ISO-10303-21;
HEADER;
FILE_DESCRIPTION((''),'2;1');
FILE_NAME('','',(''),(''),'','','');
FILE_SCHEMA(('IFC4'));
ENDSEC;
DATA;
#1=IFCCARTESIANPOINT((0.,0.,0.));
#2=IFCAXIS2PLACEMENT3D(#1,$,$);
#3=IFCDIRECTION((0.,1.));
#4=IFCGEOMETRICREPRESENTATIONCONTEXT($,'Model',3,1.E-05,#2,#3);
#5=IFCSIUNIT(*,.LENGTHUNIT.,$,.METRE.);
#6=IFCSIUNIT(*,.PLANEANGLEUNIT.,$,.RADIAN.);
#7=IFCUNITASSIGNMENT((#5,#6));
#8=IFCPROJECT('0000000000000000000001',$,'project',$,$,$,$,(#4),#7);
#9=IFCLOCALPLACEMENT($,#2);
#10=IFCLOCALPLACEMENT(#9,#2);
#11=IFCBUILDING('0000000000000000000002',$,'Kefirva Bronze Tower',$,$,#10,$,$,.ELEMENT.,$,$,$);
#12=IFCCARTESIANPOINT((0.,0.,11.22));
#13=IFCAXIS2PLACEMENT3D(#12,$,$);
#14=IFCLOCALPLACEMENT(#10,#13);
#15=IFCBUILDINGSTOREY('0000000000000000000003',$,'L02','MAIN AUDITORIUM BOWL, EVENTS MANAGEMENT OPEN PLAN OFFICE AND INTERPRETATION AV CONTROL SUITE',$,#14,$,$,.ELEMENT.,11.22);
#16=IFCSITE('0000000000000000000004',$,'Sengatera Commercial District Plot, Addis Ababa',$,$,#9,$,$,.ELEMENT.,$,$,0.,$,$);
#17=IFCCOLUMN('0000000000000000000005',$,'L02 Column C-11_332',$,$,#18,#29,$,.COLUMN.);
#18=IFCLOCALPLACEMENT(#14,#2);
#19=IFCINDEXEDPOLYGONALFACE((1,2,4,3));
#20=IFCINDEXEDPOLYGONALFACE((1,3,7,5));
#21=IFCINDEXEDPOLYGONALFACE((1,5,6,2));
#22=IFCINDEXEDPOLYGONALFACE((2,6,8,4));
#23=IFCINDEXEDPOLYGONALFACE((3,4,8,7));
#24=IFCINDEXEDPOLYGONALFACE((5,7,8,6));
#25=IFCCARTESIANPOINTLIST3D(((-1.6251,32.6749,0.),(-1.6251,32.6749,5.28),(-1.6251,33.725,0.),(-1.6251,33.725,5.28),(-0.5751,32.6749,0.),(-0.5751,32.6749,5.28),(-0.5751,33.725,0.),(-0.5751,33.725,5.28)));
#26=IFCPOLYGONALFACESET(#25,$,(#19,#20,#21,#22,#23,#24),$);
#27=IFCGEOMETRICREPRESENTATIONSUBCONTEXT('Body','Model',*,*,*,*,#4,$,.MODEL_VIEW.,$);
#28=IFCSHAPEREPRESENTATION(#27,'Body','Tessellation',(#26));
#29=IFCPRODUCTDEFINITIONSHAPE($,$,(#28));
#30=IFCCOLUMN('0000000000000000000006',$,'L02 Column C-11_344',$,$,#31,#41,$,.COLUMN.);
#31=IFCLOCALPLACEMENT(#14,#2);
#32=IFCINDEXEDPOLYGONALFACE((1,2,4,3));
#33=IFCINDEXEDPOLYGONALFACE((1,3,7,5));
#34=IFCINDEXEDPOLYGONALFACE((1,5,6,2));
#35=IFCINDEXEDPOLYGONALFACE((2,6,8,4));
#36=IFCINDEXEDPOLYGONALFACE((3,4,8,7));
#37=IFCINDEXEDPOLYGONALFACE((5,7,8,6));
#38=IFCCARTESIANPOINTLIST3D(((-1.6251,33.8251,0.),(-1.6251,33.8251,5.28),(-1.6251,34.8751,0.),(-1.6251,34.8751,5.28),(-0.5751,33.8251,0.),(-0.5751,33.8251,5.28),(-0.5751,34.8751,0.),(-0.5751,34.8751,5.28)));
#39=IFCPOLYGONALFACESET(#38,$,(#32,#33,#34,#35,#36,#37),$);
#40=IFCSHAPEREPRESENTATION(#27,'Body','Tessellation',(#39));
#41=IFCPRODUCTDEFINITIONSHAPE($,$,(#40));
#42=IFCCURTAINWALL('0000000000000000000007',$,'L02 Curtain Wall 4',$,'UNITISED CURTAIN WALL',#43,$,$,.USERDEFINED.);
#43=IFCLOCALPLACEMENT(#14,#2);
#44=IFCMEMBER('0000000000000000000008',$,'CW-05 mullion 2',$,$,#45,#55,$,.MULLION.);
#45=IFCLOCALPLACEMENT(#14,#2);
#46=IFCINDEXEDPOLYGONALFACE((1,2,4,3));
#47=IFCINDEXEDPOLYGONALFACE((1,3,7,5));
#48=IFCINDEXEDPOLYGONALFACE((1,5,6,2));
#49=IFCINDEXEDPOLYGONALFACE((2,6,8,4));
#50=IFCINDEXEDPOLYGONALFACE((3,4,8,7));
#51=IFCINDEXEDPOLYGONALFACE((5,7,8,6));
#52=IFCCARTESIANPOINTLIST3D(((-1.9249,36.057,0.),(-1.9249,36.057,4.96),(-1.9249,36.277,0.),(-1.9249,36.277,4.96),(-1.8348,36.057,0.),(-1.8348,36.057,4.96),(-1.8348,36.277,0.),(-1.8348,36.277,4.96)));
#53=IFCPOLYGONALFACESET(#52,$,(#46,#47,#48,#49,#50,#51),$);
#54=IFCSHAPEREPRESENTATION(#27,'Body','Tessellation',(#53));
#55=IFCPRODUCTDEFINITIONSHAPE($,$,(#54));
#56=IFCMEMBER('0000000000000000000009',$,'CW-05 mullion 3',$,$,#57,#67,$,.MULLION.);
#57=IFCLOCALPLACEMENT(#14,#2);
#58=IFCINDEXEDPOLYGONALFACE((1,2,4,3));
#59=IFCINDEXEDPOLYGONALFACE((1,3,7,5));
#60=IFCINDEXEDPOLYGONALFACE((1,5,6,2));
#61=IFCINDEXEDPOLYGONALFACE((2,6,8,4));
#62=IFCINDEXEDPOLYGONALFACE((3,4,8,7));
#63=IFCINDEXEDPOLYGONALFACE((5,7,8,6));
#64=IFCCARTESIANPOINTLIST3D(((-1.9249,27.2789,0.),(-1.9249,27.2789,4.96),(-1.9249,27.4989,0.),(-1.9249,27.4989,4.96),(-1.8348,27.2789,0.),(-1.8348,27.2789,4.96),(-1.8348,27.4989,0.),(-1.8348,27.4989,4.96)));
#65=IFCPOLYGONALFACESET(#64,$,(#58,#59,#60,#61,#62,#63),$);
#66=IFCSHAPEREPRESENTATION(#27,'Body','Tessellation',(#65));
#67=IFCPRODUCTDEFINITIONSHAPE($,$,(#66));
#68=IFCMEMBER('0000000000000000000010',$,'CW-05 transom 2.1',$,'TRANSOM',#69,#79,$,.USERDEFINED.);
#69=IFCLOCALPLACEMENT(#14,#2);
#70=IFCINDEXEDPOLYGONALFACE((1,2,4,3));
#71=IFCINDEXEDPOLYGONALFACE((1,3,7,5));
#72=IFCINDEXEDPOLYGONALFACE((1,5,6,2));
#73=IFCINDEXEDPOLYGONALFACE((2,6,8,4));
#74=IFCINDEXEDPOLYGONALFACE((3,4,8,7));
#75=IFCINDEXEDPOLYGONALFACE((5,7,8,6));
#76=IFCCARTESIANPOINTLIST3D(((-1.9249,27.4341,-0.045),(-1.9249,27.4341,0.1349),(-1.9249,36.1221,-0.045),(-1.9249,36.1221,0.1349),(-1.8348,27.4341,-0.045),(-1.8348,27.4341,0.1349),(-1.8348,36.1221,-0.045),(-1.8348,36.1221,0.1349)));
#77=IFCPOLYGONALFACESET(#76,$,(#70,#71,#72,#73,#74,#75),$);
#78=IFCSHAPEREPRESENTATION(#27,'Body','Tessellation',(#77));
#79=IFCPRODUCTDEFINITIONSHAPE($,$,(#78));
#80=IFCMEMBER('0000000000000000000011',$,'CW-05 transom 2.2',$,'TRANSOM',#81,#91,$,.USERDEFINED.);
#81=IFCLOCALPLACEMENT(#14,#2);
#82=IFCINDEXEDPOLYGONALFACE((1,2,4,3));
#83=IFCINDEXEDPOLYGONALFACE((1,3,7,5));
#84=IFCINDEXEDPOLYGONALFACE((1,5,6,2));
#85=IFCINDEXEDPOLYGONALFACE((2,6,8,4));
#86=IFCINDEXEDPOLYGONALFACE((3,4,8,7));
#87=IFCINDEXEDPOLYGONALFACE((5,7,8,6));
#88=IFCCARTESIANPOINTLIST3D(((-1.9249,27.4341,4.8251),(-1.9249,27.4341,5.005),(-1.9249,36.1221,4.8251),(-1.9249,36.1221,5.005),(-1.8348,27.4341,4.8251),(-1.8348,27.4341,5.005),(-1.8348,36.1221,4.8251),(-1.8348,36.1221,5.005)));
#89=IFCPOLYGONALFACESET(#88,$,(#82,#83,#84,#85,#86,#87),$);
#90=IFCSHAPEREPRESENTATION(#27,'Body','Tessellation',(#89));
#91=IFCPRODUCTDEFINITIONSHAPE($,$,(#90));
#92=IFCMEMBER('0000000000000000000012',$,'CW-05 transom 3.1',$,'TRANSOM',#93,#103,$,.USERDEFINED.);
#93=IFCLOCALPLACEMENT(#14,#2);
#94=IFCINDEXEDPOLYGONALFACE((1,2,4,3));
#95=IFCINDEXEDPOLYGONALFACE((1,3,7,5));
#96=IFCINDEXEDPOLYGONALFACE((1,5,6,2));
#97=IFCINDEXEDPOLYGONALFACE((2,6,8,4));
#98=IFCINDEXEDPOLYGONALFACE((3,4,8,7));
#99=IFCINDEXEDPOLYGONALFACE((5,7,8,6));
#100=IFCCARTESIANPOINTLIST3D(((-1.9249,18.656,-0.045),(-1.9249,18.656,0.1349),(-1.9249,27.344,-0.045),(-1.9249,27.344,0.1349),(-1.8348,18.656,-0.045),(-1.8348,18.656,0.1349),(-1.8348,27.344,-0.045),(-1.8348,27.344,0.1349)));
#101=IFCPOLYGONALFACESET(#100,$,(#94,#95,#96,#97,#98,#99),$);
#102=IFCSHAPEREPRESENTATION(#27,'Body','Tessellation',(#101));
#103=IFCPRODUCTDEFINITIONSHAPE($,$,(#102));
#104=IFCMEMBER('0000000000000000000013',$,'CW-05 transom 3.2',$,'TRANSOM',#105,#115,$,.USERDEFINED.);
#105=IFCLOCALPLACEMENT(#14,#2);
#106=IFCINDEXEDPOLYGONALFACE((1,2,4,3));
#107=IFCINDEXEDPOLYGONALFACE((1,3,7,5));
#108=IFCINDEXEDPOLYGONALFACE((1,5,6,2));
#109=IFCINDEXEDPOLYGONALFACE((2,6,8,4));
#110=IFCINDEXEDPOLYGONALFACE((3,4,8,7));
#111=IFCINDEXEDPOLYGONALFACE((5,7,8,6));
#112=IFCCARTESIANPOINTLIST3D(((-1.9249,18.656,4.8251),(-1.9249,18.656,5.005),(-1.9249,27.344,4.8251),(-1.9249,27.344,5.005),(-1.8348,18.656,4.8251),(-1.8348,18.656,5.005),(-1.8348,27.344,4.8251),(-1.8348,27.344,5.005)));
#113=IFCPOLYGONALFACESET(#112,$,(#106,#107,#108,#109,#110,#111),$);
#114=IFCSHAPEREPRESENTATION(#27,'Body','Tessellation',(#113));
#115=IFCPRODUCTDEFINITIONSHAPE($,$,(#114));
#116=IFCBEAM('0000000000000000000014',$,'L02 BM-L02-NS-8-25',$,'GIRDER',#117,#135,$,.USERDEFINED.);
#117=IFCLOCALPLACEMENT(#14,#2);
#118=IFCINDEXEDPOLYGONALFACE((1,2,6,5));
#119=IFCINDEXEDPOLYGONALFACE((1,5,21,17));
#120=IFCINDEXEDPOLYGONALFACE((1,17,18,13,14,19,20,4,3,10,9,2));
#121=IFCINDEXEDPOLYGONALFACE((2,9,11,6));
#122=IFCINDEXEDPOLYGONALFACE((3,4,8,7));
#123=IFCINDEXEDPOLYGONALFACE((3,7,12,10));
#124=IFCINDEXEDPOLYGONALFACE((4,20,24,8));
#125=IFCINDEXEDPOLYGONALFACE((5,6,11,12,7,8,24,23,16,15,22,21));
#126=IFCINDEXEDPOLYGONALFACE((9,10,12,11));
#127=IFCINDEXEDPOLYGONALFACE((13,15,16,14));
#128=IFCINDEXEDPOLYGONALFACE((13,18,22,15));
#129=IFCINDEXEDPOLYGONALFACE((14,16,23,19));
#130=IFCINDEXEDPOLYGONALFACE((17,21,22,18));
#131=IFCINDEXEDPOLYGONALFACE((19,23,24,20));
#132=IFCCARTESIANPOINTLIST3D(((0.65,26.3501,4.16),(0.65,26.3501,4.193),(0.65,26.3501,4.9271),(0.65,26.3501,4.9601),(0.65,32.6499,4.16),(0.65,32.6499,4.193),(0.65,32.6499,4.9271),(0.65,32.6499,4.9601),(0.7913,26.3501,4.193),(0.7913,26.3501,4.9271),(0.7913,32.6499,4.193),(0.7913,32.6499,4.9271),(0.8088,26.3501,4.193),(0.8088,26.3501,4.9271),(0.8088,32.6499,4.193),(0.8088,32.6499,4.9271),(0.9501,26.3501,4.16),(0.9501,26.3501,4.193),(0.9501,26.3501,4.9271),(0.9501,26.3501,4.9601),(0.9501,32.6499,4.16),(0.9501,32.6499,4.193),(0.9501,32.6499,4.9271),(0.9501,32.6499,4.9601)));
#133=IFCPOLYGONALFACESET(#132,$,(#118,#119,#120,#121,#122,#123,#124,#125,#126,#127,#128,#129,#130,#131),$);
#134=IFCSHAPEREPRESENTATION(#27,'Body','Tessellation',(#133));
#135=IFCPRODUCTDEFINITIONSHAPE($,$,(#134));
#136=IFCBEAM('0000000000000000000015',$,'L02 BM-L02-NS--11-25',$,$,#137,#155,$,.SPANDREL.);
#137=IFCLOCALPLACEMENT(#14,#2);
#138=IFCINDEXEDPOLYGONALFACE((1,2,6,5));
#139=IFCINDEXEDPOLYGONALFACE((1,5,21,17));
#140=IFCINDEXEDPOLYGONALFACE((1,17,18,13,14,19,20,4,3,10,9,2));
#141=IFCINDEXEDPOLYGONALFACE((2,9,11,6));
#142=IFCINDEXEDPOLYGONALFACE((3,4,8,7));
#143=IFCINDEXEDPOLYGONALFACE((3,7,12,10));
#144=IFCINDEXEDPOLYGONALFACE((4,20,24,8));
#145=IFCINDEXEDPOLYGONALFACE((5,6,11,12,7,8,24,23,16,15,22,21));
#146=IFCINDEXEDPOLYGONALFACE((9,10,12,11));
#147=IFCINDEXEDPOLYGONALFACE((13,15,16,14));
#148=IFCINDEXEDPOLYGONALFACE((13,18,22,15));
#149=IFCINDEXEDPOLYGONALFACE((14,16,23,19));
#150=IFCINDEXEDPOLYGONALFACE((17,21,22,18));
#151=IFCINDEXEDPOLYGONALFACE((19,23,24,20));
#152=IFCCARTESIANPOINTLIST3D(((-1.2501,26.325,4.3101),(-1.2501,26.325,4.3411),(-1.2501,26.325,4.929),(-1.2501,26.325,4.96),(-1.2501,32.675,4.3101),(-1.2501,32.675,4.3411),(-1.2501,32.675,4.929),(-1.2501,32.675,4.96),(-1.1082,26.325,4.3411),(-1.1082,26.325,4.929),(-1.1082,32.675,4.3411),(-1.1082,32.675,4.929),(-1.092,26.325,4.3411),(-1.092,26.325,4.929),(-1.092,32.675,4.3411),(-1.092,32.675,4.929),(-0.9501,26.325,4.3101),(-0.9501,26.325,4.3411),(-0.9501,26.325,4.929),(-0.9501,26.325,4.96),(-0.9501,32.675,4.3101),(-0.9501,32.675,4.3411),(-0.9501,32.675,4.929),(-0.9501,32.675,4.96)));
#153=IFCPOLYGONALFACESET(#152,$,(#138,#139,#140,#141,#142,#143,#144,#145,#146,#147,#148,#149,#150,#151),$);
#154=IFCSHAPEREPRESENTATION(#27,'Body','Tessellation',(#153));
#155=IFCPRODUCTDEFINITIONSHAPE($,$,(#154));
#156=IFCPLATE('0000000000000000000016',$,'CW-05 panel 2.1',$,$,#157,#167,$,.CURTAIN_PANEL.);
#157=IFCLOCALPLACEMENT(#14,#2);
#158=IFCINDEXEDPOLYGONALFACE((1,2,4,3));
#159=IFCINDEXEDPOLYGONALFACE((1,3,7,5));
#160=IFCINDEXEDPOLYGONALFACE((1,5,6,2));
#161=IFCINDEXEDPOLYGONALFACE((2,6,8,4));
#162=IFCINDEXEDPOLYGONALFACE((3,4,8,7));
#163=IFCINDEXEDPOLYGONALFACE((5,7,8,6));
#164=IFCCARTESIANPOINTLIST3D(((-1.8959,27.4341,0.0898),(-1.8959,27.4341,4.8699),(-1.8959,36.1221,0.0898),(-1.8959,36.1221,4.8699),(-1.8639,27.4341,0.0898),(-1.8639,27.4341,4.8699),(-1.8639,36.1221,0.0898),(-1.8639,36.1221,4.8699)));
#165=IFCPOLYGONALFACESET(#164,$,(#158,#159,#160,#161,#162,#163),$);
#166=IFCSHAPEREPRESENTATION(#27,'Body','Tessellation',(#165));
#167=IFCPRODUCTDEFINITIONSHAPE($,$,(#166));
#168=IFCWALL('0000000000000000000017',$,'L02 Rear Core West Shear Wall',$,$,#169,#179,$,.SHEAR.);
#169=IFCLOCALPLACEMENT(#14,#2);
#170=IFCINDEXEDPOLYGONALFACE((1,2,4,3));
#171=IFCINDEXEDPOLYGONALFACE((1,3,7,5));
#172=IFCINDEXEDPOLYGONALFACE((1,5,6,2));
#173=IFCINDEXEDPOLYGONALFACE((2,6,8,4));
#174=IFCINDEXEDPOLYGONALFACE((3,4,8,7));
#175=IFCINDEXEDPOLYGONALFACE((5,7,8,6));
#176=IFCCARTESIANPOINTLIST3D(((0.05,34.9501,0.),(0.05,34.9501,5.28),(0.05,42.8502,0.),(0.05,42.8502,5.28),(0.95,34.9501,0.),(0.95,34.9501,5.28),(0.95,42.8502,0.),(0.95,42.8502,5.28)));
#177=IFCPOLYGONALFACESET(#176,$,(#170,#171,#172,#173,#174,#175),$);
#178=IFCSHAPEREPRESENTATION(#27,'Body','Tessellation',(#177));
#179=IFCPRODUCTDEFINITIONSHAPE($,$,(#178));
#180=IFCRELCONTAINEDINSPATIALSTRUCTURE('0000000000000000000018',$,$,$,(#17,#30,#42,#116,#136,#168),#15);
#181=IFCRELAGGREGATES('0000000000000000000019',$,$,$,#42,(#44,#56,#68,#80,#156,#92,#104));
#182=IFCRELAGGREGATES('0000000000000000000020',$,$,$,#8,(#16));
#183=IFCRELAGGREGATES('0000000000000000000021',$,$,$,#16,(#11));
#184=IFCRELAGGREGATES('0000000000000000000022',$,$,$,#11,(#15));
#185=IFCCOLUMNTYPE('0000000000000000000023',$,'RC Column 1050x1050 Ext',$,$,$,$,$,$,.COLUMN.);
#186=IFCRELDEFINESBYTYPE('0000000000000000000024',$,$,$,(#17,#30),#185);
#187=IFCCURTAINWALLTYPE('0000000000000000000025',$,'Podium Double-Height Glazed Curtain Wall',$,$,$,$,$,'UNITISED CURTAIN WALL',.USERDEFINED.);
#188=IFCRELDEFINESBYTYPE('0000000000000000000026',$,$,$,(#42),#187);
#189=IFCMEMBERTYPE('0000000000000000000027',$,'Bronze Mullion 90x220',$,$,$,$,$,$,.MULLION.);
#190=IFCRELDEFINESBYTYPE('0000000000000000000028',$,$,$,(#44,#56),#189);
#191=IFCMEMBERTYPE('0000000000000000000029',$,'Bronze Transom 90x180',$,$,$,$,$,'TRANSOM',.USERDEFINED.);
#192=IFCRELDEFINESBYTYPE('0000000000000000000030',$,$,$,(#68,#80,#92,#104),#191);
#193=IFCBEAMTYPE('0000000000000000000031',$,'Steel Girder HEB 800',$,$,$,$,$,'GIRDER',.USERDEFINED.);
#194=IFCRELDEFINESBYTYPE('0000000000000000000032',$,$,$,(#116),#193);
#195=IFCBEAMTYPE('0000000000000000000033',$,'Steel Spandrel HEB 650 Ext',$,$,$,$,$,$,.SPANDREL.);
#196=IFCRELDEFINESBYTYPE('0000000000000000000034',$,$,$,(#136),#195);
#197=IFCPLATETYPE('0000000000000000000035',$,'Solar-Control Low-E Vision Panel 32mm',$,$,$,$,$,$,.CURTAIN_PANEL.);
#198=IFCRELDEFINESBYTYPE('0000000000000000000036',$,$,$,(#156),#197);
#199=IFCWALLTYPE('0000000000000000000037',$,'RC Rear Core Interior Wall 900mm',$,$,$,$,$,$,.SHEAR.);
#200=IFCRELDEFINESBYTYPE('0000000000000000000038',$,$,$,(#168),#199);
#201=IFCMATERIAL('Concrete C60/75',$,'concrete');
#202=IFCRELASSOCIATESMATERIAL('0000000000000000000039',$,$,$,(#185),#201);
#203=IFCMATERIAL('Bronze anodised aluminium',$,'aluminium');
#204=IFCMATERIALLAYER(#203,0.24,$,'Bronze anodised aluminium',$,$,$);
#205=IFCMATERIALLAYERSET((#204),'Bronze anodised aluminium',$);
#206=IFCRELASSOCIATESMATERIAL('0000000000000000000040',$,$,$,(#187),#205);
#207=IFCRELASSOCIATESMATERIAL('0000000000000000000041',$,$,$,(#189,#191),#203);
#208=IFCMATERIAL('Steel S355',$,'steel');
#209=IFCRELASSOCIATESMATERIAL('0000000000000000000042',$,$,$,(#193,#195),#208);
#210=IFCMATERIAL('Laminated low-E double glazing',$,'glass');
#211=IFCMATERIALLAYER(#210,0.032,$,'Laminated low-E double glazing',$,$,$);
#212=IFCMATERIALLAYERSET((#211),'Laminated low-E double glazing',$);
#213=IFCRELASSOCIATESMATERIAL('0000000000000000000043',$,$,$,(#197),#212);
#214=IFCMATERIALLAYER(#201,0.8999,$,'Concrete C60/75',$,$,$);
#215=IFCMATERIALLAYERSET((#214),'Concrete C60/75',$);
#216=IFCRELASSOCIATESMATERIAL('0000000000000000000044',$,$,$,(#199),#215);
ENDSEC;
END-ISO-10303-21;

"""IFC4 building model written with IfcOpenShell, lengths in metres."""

from ifc_helpers import new_model, si_unit, direction, frame, frame_2d, origin, origin_2d, place, context, subcontext, project, spatial, rectangle, i_section, extrude, material, layer, layer_set, material_profile, profile_set, type_object, element, aggregate, save


model = new_model("IFC4")

# Units and contexts
model_context = context("Model", 3, precision=1e-05, world=origin(), true_north=direction((0.0, 1.0)))
body_context = subcontext(model_context, "Body", "Model", "MODEL_VIEW")
ifc_project = project(units=[si_unit("LENGTHUNIT", "METRE"), si_unit("PLANEANGLEUNIT", "RADIAN")], contexts=[model_context])

# Site, building, storey
site_placement = place(None, origin())
site = spatial("IfcSite", under=ifc_project, at=site_placement, Name="Sengatera Commercial District Plot, Addis Ababa", CompositionType="ELEMENT", RefElevation=0.0)
building_placement = place(site_placement, origin())
building = spatial("IfcBuilding", under=site, at=building_placement, Name="Kefirva Bronze Tower", CompositionType="ELEMENT")
storey_placement = place(building_placement, frame((0.0, 0.0, 11.22)))
storey = spatial("IfcBuildingStorey", under=building, at=storey_placement, Name="L02", Description="MAIN AUDITORIUM BOWL, EVENTS MANAGEMENT OPEN PLAN OFFICE AND INTERPRETATION AV CONTROL SUITE", CompositionType="ELEMENT", Elevation=11.22)

# Columns
ifc_material_1 = material(Name="Concrete C60/75", Category="concrete")
ifc_material_profile_1 = material_profile(ifc_material_1, rectangle(XDim=1.05, YDim=1.05, at=origin_2d()), Name="RC 1050x1050")
ifc_profile_set_1 = profile_set([ifc_material_profile_1], Name="Concrete C60/75")
column_type = type_object("IfcColumnType", Name="RC Column 1050x1050 Ext", PredefinedType="COLUMN", material=ifc_profile_set_1)
for number, where, z_axis, x_axis, name in (
    (1, (-1.1001, 33.2, 0.0), (0.0, 0.0, 1.0), (1.0, 0.0, 0.0), "L02 Column C-11_332"),
    (2, (-1.1001, 34.3501, 0.0), (0.0, 0.0, 1.0), (1.0, 0.0, 0.0), "L02 Column C-11_344"),
):
    element("IfcColumn", number, at=place(storey_placement, frame(where, z_axis=z_axis, x_axis=x_axis)), inside=storey, type_object=column_type, Name=name, PredefinedType="COLUMN", context=body_context, shape_type="SweptSolid", body=[
        extrude(rectangle(XDim=1.05, YDim=1.05, at=origin_2d()), origin(), (0.0, 0.0, 1.0), 5.28),
    ])

# Curtain wall, members
ifc_material_2 = material(Name="Bronze anodised aluminium", Category="aluminium")
ifc_layer_1 = layer(ifc_material_2, 0.24, Name="Bronze anodised aluminium")
ifc_layer_set_1 = layer_set([ifc_layer_1], Name="Bronze anodised aluminium")
curtain_wall_type = type_object("IfcCurtainWallType", Name="Podium Double-Height Glazed Curtain Wall", ElementType="UNITISED CURTAIN WALL", PredefinedType="USERDEFINED", material=ifc_layer_set_1)
curtain_wall_placement = place(storey_placement, origin())
curtain_wall = element("IfcCurtainWall", 3, at=curtain_wall_placement, inside=storey, type_object=curtain_wall_type, Name="L02 Curtain Wall 4", ObjectType="UNITISED CURTAIN WALL", PredefinedType="USERDEFINED")
ifc_material_profile_2 = material_profile(ifc_material_2, rectangle(XDim=0.0901, YDim=0.22, at=origin_2d()), Name="ALU 90x220")
ifc_profile_set_2 = profile_set([ifc_material_profile_2], Name="Bronze anodised aluminium")
member_type_1 = type_object("IfcMemberType", Name="Bronze Mullion 90x220", PredefinedType="MULLION", material=ifc_profile_set_2)
member_1_placement = place(storey_placement, frame((-1.8799, 36.167, 0.0), z_axis=(0.0, 0.0, 1.0), x_axis=(1.0, 0.0, 0.0)))
member_1 = element("IfcMember", 4, at=member_1_placement, type_object=member_type_1, Name="CW-05 mullion 2", PredefinedType="MULLION", context=body_context, shape_type="SweptSolid", body=[
    extrude(rectangle(XDim=0.0901, YDim=0.22, at=origin_2d()), origin(), (0.0, 0.0, 1.0), 4.96),
])
member_2_placement = place(storey_placement, frame((-1.8799, 27.3889, 0.0), z_axis=(0.0, 0.0, 1.0), x_axis=(1.0, 0.0, 0.0)))
member_2 = element("IfcMember", 5, at=member_2_placement, type_object=member_type_1, Name="CW-05 mullion 3", PredefinedType="MULLION", context=body_context, shape_type="SweptSolid", body=[
    extrude(rectangle(XDim=0.0901, YDim=0.22, at=origin_2d()), origin(), (0.0, 0.0, 1.0), 4.96),
])
ifc_material_profile_3 = material_profile(ifc_material_2, rectangle(XDim=0.0901, YDim=0.1799, at=origin_2d()), Name="ALU 90x180")
ifc_profile_set_3 = profile_set([ifc_material_profile_3], Name="Bronze anodised aluminium")
member_type_2 = type_object("IfcMemberType", Name="Bronze Transom 90x180", ElementType="TRANSOM", PredefinedType="USERDEFINED", material=ifc_profile_set_3)
member_3_placement = place(storey_placement, frame((-1.8799, 36.1221, 0.0449), z_axis=(0.0, -1.0, 0.0), x_axis=(1.0, 0.0, 0.0)))
member_3 = element("IfcMember", 6, at=member_3_placement, type_object=member_type_2, Name="CW-05 transom 2.1", ObjectType="TRANSOM", PredefinedType="USERDEFINED", context=body_context, shape_type="SweptSolid", body=[
    extrude(rectangle(XDim=0.0901, YDim=0.1799, at=origin_2d()), origin(), (0.0, 0.0, 1.0), 8.688),
])
member_4_placement = place(storey_placement, frame((-1.8799, 36.1221, 4.915), z_axis=(0.0, -1.0, 0.0), x_axis=(1.0, 0.0, 0.0)))
member_4 = element("IfcMember", 7, at=member_4_placement, type_object=member_type_2, Name="CW-05 transom 2.2", ObjectType="TRANSOM", PredefinedType="USERDEFINED", context=body_context, shape_type="SweptSolid", body=[
    extrude(rectangle(XDim=0.0901, YDim=0.1799, at=origin_2d()), origin(), (0.0, 0.0, 1.0), 8.688),
])
member_5_placement = place(storey_placement, frame((-1.8799, 27.344, 0.0449), z_axis=(0.0, -1.0, 0.0), x_axis=(1.0, 0.0, 0.0)))
member_5 = element("IfcMember", 8, at=member_5_placement, type_object=member_type_2, Name="CW-05 transom 3.1", ObjectType="TRANSOM", PredefinedType="USERDEFINED", context=body_context, shape_type="SweptSolid", body=[
    extrude(rectangle(XDim=0.0901, YDim=0.1799, at=origin_2d()), origin(), (0.0, 0.0, 1.0), 8.688),
])
member_6_placement = place(storey_placement, frame((-1.8799, 27.344, 4.915), z_axis=(0.0, -1.0, 0.0), x_axis=(1.0, 0.0, 0.0)))
member_6 = element("IfcMember", 9, at=member_6_placement, type_object=member_type_2, Name="CW-05 transom 3.2", ObjectType="TRANSOM", PredefinedType="USERDEFINED", context=body_context, shape_type="SweptSolid", body=[
    extrude(rectangle(XDim=0.0901, YDim=0.1799, at=origin_2d()), origin(), (0.0, 0.0, 1.0), 8.688),
])

# Beams
ifc_material_3 = material(Name="Steel S355", Category="steel")
ifc_material_profile_4 = material_profile(ifc_material_3, i_section(OverallWidth=0.3, OverallDepth=0.8, WebThickness=0.0176, FlangeThickness=0.033, at=origin_2d()), Name="HEB 800")
ifc_profile_set_4 = profile_set([ifc_material_profile_4], Name="Steel S355")
beam_type_1 = type_object("IfcBeamType", Name="Steel Girder HEB 800", ElementType="GIRDER", PredefinedType="USERDEFINED", material=ifc_profile_set_4)
beam_1_placement = place(storey_placement, frame((0.8, 26.3501, 4.5601), z_axis=(0.0, 1.0, 0.0), x_axis=(-1.0, 0.0, 0.0)))
element("IfcBeam", 10, at=beam_1_placement, inside=storey, type_object=beam_type_1, Name="L02 BM-L02-NS-8-25", ObjectType="GIRDER", PredefinedType="USERDEFINED", context=body_context, shape_type="SweptSolid", body=[
    extrude(i_section(OverallWidth=0.3, OverallDepth=0.8, WebThickness=0.0176, FlangeThickness=0.033, at=origin_2d()), origin(), (0.0, 0.0, 1.0), 6.2998),
])
ifc_material_profile_5 = material_profile(ifc_material_3, i_section(OverallWidth=0.3, OverallDepth=0.6499, WebThickness=0.0161, FlangeThickness=0.031, at=origin_2d()), Name="HEB 650")
ifc_profile_set_5 = profile_set([ifc_material_profile_5], Name="Steel S355")
beam_type_2 = type_object("IfcBeamType", Name="Steel Spandrel HEB 650 Ext", PredefinedType="SPANDREL", material=ifc_profile_set_5)
beam_2_placement = place(storey_placement, frame((-1.1001, 26.325, 4.635), z_axis=(0.0, 1.0, 0.0), x_axis=(-1.0, 0.0, 0.0)))
element("IfcBeam", 11, at=beam_2_placement, inside=storey, type_object=beam_type_2, Name="L02 BM-L02-NS--11-25", PredefinedType="SPANDREL", context=body_context, shape_type="SweptSolid", body=[
    extrude(i_section(OverallWidth=0.3, OverallDepth=0.6499, WebThickness=0.0161, FlangeThickness=0.031, at=origin_2d()), origin(), (0.0, 0.0, 1.0), 6.3501),
])

# Plate
ifc_material_4 = material(Name="Laminated low-E double glazing", Category="glass")
ifc_layer_2 = layer(ifc_material_4, 0.032, Name="Laminated low-E double glazing")
ifc_layer_set_2 = layer_set([ifc_layer_2], Name="Laminated low-E double glazing")
plate_type = type_object("IfcPlateType", Name="Solar-Control Low-E Vision Panel 32mm", PredefinedType="CURTAIN_PANEL", material=ifc_layer_set_2)
plate_placement = place(storey_placement, frame((-1.8799, 31.7781, 0.0898), z_axis=(0.0, 0.0, 1.0), x_axis=(0.0, -1.0, 0.0)))
plate = element("IfcPlate", 12, at=plate_placement, type_object=plate_type, Name="CW-05 panel 2.1", PredefinedType="CURTAIN_PANEL", context=body_context, shape_type="SweptSolid", body=[
    extrude(rectangle(XDim=8.688, YDim=0.032, at=origin_2d()), origin(), (0.0, 0.0, 1.0), 4.78),
])
aggregate(curtain_wall, [member_1, member_2, member_3, member_4, plate, member_5, member_6])

# Wall
ifc_layer_3 = layer(ifc_material_1, 0.8999, Name="Concrete C60/75")
ifc_layer_set_3 = layer_set([ifc_layer_3], Name="Concrete C60/75")
wall_type = type_object("IfcWallType", Name="RC Rear Core Interior Wall 900mm", PredefinedType="SHEAR", material=ifc_layer_set_3)
wall_placement = place(storey_placement, frame((0.5, 34.95, 0.0), z_axis=(0.0, 0.0, 1.0), x_axis=(0.0, 1.0, 0.0)))
element("IfcWall", 13, at=wall_placement, inside=storey, type_object=wall_type, Name="L02 Rear Core West Shear Wall", PredefinedType="SHEAR", context=body_context, shape_type="SweptSolid", body=[
    extrude(rectangle(XDim=7.9001, YDim=0.8999, at=frame_2d((3.9502, 0.0))), origin(), (0.0, 0.0, 1.0), 5.28),
])

save(model, "model.ifc")
